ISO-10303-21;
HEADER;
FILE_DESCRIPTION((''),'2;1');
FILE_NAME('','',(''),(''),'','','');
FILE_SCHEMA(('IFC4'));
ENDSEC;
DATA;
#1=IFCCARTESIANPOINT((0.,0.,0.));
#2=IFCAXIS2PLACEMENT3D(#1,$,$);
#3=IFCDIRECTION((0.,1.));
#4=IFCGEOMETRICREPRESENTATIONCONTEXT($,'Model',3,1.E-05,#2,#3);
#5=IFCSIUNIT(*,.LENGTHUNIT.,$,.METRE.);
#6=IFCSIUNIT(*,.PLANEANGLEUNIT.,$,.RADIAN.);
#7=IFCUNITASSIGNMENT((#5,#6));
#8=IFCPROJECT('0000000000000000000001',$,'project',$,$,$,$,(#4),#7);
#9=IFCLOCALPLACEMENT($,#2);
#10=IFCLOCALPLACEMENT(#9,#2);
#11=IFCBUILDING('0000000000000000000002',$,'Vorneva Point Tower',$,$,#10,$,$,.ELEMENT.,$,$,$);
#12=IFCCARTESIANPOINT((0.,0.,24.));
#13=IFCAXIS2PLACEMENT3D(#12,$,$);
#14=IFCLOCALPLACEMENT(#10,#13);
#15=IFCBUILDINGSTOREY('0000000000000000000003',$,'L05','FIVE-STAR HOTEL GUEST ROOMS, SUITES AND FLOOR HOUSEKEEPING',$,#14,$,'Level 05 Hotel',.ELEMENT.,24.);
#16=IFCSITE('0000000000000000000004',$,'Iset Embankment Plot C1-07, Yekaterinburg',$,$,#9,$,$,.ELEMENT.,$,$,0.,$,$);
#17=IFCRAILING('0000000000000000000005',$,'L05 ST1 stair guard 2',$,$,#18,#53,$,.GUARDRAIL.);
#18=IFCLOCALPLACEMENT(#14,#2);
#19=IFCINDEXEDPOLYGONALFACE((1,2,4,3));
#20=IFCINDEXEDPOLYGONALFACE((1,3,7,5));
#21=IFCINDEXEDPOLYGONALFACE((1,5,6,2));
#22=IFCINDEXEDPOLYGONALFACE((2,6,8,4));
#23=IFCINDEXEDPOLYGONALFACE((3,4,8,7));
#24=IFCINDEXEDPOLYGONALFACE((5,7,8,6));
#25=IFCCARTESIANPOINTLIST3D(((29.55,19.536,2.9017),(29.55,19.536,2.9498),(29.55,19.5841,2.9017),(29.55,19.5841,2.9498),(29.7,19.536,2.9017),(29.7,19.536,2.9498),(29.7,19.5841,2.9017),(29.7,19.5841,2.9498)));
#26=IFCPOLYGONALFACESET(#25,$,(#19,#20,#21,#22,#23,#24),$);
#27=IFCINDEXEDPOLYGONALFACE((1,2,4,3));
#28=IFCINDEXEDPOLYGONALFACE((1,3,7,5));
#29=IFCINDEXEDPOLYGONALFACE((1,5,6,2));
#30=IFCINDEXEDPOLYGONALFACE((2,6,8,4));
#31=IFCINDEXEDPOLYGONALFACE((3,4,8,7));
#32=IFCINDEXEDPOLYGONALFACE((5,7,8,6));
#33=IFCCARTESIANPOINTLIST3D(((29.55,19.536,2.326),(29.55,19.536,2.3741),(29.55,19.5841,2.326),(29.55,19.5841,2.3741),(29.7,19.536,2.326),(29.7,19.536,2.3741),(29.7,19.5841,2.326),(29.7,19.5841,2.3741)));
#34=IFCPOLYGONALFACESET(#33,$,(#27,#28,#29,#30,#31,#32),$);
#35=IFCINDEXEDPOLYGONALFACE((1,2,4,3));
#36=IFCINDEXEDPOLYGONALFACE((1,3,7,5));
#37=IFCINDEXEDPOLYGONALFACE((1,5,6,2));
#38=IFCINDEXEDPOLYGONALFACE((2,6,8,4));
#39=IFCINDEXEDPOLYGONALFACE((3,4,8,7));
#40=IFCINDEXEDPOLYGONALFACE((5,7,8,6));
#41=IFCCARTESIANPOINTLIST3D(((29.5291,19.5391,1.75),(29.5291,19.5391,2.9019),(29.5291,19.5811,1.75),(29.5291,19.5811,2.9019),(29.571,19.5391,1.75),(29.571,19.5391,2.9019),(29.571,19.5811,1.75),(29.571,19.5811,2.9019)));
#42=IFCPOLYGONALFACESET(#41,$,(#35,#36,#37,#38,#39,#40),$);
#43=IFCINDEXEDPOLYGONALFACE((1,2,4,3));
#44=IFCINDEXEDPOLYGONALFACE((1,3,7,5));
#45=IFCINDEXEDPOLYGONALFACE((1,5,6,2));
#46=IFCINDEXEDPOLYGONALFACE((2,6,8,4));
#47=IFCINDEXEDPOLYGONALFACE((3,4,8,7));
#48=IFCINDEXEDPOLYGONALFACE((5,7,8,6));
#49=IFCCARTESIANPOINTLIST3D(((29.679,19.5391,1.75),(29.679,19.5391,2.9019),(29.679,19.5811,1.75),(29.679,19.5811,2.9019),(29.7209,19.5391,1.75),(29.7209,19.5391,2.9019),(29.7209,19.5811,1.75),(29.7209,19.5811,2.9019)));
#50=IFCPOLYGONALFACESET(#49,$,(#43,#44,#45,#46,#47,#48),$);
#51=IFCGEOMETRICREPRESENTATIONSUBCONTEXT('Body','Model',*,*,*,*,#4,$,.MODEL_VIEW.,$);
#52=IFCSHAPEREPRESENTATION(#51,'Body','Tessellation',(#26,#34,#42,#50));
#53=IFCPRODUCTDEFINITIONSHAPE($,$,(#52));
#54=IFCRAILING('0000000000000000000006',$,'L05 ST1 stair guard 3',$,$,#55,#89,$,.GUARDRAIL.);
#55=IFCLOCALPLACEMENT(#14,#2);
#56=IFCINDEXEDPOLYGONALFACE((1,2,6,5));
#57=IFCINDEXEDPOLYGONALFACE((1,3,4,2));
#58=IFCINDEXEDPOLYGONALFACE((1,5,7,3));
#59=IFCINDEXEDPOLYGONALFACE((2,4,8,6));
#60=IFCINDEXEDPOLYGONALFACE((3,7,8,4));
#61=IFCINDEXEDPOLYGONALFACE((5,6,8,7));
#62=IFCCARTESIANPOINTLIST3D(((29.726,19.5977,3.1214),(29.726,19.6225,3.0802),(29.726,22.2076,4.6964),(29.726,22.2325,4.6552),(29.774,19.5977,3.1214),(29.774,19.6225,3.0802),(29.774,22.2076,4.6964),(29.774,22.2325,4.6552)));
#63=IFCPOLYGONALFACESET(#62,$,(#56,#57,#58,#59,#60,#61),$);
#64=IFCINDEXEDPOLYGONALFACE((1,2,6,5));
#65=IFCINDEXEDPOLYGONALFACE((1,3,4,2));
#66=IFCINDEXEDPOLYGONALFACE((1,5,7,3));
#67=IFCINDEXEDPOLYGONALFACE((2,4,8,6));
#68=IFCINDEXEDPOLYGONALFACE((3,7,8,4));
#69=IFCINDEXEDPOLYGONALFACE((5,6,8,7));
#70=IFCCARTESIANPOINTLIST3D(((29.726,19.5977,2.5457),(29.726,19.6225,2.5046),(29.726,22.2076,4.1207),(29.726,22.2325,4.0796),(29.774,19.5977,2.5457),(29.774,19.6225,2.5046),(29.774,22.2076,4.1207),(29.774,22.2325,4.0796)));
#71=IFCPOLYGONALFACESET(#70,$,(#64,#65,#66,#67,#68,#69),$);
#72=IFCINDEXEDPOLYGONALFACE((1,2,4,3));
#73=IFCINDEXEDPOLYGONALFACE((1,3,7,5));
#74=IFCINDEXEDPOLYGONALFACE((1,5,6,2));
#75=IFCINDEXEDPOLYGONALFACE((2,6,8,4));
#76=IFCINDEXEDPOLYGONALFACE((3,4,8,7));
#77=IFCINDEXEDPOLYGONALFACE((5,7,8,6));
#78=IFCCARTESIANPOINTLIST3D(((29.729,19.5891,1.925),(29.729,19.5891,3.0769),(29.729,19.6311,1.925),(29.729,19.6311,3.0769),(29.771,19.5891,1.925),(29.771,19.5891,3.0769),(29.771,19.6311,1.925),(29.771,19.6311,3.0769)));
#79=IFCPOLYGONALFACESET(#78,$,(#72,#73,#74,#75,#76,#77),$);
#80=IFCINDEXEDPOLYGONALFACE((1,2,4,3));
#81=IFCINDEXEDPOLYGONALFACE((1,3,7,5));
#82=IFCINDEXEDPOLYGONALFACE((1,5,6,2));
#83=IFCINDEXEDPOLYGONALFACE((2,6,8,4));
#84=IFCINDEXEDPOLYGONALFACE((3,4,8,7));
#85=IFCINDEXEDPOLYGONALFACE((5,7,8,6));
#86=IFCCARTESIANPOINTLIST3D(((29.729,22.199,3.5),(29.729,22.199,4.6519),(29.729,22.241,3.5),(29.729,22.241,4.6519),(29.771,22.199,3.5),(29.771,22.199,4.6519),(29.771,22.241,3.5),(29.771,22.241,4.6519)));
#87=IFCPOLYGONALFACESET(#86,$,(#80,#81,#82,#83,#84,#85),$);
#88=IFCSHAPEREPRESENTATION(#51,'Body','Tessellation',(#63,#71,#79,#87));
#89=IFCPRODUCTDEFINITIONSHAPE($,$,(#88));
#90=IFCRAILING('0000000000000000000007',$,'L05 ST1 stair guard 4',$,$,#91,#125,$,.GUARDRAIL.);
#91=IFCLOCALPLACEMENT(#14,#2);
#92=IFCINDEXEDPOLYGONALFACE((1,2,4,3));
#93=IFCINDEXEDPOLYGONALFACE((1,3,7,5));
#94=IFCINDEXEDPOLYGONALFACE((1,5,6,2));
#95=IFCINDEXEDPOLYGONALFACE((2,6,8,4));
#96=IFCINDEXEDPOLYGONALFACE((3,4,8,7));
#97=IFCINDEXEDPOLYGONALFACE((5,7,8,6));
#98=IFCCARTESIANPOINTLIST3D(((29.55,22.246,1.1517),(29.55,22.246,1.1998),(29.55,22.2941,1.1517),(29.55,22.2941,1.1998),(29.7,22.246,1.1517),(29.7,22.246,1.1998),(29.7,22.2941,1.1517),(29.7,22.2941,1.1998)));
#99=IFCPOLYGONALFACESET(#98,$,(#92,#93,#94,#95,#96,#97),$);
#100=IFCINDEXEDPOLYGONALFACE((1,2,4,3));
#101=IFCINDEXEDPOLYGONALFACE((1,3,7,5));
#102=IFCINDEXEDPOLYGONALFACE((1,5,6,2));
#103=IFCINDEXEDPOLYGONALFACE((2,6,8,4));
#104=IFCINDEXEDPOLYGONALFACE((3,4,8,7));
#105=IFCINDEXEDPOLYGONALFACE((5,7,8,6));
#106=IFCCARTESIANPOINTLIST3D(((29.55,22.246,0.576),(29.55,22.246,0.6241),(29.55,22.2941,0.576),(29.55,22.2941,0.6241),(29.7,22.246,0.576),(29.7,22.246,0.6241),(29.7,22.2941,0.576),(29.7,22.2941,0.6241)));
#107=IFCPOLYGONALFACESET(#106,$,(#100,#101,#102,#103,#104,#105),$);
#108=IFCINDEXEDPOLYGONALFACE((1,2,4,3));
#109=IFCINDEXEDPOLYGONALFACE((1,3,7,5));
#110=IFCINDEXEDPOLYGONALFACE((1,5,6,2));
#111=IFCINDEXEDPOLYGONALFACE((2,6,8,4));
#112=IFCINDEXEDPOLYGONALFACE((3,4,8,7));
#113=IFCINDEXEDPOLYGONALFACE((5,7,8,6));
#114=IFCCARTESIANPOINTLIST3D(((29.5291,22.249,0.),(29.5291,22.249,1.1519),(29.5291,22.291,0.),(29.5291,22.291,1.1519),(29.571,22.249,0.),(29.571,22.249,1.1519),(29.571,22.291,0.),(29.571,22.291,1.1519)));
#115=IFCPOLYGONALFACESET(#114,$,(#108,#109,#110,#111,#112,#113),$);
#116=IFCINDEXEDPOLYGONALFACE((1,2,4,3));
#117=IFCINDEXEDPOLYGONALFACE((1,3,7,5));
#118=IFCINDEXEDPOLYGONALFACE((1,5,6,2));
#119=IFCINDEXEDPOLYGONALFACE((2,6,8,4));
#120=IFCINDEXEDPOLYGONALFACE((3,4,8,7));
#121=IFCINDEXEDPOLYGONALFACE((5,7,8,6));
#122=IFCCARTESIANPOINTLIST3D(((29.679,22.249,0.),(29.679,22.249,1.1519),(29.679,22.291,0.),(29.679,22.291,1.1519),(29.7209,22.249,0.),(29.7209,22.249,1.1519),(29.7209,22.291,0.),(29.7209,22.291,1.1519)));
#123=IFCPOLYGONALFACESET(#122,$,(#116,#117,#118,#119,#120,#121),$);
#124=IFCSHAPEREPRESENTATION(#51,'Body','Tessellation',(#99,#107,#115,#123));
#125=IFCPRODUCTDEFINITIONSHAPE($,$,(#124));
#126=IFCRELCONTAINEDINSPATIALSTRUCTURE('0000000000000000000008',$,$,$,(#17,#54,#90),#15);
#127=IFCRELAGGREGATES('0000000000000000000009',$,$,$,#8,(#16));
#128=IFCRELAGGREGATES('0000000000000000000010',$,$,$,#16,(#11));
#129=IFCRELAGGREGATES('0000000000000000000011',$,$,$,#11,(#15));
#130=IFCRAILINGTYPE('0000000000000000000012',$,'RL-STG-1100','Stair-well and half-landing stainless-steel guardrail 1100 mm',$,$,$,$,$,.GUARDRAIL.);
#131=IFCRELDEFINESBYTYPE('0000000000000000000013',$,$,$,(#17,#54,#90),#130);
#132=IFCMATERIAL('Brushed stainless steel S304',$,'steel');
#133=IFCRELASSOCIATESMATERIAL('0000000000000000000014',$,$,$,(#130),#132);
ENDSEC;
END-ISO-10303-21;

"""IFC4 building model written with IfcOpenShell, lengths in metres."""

from ifc_helpers import new_model, si_unit, direction, frame, origin, origin_2d, place, context, subcontext, project, spatial, rectangle, extrude, material, type_object, element, save


model = new_model("IFC4")

# Units and contexts
model_context = context("Model", 3, precision=1e-05, world=origin(), true_north=direction((0.0, 1.0)))
body_context = subcontext(model_context, "Body", "Model", "MODEL_VIEW")
ifc_project = project(units=[si_unit("LENGTHUNIT", "METRE"), si_unit("PLANEANGLEUNIT", "RADIAN")], contexts=[model_context])

# Site, building, storey
site_placement = place(None, origin())
site = spatial("IfcSite", under=ifc_project, at=site_placement, Name="Iset Embankment Plot C1-07, Yekaterinburg", CompositionType="ELEMENT", RefElevation=0.0)
building_placement = place(site_placement, origin())
building = spatial("IfcBuilding", under=site, at=building_placement, Name="Vorneva Point Tower", CompositionType="ELEMENT")
storey_placement = place(building_placement, frame((0.0, 0.0, 24.0)))
storey = spatial("IfcBuildingStorey", under=building, at=storey_placement, Name="L05", Description="FIVE-STAR HOTEL GUEST ROOMS, SUITES AND FLOOR HOUSEKEEPING", LongName="Level 05 Hotel", CompositionType="ELEMENT", Elevation=24.0)

# Railings
ifc_material_1 = material(Name="Brushed stainless steel S304", Category="steel")
railing_type_1 = type_object("IfcRailingType", Name="RL-STG-1100", Description="Stair-well and half-landing stainless-steel guardrail 1100 mm", PredefinedType="GUARDRAIL", material=ifc_material_1)
railing_1_placement = place(storey_placement, frame((29.55, 19.5601, 1.75)))
element("IfcRailing", 1, at=railing_1_placement, inside=storey, type_object=railing_type_1, Name="L05 ST1 stair guard 2", PredefinedType="GUARDRAIL", context=body_context, shape_type="SweptSolid", body=[
    extrude(rectangle(XDim=0.0481, YDim=0.0481, at=origin_2d()), frame((0.0, 0.0, 1.1758), z_axis=(1.0, 0.0, 0.0), x_axis=(0.0, 1.0, 0.0)), (0.0, 0.0, 1.0), 0.1499),
    extrude(rectangle(XDim=0.0481, YDim=0.0481, at=origin_2d()), frame((0.0, 0.0, 0.6001), z_axis=(1.0, 0.0, 0.0), x_axis=(0.0, 1.0, 0.0)), (0.0, 0.0, 1.0), 0.1499),
    extrude(rectangle(XDim=0.042, YDim=0.042, at=origin_2d()), origin(), (0.0, 0.0, 1.0), 1.1519),
    extrude(rectangle(XDim=0.042, YDim=0.042, at=origin_2d()), frame((0.1499, 0.0, 0.0)), (0.0, 0.0, 1.0), 1.1519),
])
railing_2_placement = place(storey_placement, frame((29.75, 19.6101, 1.925)))
element("IfcRailing", 2, at=railing_2_placement, inside=storey, type_object=railing_type_1, Name="L05 ST1 stair guard 3", PredefinedType="GUARDRAIL", context=body_context, shape_type="SweptSolid", body=[
    extrude(rectangle(XDim=0.0481, YDim=0.0481, at=origin_2d()), frame((0.0, 0.0, 1.1758), z_axis=(0.0, 0.856183, 0.516673), x_axis=(-1.0, 0.0, 0.0)), (0.0, 0.0, 1.0), 3.0483),
    extrude(rectangle(XDim=0.0481, YDim=0.0481, at=origin_2d()), frame((0.0, 0.0, 0.6001), z_axis=(0.0, 0.856183, 0.516673), x_axis=(-1.0, 0.0, 0.0)), (0.0, 0.0, 1.0), 3.0483),
    extrude(rectangle(XDim=0.042, YDim=0.042, at=origin_2d()), origin(), (0.0, 0.0, 1.0), 1.1519),
    extrude(rectangle(XDim=0.042, YDim=0.042, at=origin_2d()), frame((0.0, 2.6099, 1.575)), (0.0, 0.0, 1.0), 1.1519),
])
railing_3_placement = place(storey_placement, frame((29.55, 22.27, 0.0)))
element("IfcRailing", 3, at=railing_3_placement, inside=storey, type_object=railing_type_1, Name="L05 ST1 stair guard 4", PredefinedType="GUARDRAIL", context=body_context, shape_type="SweptSolid", body=[
    extrude(rectangle(XDim=0.0481, YDim=0.0481, at=origin_2d()), frame((0.0, 0.0, 1.1758), z_axis=(1.0, 0.0, 0.0), x_axis=(0.0, 1.0, 0.0)), (0.0, 0.0, 1.0), 0.1499),
    extrude(rectangle(XDim=0.0481, YDim=0.0481, at=origin_2d()), frame((0.0, 0.0, 0.6001), z_axis=(1.0, 0.0, 0.0), x_axis=(0.0, 1.0, 0.0)), (0.0, 0.0, 1.0), 0.1499),
    extrude(rectangle(XDim=0.042, YDim=0.042, at=origin_2d()), origin(), (0.0, 0.0, 1.0), 1.1519),
    extrude(rectangle(XDim=0.042, YDim=0.042, at=origin_2d()), frame((0.1499, 0.0, 0.0)), (0.0, 0.0, 1.0), 1.1519),
])

save(model, "model.ifc")
